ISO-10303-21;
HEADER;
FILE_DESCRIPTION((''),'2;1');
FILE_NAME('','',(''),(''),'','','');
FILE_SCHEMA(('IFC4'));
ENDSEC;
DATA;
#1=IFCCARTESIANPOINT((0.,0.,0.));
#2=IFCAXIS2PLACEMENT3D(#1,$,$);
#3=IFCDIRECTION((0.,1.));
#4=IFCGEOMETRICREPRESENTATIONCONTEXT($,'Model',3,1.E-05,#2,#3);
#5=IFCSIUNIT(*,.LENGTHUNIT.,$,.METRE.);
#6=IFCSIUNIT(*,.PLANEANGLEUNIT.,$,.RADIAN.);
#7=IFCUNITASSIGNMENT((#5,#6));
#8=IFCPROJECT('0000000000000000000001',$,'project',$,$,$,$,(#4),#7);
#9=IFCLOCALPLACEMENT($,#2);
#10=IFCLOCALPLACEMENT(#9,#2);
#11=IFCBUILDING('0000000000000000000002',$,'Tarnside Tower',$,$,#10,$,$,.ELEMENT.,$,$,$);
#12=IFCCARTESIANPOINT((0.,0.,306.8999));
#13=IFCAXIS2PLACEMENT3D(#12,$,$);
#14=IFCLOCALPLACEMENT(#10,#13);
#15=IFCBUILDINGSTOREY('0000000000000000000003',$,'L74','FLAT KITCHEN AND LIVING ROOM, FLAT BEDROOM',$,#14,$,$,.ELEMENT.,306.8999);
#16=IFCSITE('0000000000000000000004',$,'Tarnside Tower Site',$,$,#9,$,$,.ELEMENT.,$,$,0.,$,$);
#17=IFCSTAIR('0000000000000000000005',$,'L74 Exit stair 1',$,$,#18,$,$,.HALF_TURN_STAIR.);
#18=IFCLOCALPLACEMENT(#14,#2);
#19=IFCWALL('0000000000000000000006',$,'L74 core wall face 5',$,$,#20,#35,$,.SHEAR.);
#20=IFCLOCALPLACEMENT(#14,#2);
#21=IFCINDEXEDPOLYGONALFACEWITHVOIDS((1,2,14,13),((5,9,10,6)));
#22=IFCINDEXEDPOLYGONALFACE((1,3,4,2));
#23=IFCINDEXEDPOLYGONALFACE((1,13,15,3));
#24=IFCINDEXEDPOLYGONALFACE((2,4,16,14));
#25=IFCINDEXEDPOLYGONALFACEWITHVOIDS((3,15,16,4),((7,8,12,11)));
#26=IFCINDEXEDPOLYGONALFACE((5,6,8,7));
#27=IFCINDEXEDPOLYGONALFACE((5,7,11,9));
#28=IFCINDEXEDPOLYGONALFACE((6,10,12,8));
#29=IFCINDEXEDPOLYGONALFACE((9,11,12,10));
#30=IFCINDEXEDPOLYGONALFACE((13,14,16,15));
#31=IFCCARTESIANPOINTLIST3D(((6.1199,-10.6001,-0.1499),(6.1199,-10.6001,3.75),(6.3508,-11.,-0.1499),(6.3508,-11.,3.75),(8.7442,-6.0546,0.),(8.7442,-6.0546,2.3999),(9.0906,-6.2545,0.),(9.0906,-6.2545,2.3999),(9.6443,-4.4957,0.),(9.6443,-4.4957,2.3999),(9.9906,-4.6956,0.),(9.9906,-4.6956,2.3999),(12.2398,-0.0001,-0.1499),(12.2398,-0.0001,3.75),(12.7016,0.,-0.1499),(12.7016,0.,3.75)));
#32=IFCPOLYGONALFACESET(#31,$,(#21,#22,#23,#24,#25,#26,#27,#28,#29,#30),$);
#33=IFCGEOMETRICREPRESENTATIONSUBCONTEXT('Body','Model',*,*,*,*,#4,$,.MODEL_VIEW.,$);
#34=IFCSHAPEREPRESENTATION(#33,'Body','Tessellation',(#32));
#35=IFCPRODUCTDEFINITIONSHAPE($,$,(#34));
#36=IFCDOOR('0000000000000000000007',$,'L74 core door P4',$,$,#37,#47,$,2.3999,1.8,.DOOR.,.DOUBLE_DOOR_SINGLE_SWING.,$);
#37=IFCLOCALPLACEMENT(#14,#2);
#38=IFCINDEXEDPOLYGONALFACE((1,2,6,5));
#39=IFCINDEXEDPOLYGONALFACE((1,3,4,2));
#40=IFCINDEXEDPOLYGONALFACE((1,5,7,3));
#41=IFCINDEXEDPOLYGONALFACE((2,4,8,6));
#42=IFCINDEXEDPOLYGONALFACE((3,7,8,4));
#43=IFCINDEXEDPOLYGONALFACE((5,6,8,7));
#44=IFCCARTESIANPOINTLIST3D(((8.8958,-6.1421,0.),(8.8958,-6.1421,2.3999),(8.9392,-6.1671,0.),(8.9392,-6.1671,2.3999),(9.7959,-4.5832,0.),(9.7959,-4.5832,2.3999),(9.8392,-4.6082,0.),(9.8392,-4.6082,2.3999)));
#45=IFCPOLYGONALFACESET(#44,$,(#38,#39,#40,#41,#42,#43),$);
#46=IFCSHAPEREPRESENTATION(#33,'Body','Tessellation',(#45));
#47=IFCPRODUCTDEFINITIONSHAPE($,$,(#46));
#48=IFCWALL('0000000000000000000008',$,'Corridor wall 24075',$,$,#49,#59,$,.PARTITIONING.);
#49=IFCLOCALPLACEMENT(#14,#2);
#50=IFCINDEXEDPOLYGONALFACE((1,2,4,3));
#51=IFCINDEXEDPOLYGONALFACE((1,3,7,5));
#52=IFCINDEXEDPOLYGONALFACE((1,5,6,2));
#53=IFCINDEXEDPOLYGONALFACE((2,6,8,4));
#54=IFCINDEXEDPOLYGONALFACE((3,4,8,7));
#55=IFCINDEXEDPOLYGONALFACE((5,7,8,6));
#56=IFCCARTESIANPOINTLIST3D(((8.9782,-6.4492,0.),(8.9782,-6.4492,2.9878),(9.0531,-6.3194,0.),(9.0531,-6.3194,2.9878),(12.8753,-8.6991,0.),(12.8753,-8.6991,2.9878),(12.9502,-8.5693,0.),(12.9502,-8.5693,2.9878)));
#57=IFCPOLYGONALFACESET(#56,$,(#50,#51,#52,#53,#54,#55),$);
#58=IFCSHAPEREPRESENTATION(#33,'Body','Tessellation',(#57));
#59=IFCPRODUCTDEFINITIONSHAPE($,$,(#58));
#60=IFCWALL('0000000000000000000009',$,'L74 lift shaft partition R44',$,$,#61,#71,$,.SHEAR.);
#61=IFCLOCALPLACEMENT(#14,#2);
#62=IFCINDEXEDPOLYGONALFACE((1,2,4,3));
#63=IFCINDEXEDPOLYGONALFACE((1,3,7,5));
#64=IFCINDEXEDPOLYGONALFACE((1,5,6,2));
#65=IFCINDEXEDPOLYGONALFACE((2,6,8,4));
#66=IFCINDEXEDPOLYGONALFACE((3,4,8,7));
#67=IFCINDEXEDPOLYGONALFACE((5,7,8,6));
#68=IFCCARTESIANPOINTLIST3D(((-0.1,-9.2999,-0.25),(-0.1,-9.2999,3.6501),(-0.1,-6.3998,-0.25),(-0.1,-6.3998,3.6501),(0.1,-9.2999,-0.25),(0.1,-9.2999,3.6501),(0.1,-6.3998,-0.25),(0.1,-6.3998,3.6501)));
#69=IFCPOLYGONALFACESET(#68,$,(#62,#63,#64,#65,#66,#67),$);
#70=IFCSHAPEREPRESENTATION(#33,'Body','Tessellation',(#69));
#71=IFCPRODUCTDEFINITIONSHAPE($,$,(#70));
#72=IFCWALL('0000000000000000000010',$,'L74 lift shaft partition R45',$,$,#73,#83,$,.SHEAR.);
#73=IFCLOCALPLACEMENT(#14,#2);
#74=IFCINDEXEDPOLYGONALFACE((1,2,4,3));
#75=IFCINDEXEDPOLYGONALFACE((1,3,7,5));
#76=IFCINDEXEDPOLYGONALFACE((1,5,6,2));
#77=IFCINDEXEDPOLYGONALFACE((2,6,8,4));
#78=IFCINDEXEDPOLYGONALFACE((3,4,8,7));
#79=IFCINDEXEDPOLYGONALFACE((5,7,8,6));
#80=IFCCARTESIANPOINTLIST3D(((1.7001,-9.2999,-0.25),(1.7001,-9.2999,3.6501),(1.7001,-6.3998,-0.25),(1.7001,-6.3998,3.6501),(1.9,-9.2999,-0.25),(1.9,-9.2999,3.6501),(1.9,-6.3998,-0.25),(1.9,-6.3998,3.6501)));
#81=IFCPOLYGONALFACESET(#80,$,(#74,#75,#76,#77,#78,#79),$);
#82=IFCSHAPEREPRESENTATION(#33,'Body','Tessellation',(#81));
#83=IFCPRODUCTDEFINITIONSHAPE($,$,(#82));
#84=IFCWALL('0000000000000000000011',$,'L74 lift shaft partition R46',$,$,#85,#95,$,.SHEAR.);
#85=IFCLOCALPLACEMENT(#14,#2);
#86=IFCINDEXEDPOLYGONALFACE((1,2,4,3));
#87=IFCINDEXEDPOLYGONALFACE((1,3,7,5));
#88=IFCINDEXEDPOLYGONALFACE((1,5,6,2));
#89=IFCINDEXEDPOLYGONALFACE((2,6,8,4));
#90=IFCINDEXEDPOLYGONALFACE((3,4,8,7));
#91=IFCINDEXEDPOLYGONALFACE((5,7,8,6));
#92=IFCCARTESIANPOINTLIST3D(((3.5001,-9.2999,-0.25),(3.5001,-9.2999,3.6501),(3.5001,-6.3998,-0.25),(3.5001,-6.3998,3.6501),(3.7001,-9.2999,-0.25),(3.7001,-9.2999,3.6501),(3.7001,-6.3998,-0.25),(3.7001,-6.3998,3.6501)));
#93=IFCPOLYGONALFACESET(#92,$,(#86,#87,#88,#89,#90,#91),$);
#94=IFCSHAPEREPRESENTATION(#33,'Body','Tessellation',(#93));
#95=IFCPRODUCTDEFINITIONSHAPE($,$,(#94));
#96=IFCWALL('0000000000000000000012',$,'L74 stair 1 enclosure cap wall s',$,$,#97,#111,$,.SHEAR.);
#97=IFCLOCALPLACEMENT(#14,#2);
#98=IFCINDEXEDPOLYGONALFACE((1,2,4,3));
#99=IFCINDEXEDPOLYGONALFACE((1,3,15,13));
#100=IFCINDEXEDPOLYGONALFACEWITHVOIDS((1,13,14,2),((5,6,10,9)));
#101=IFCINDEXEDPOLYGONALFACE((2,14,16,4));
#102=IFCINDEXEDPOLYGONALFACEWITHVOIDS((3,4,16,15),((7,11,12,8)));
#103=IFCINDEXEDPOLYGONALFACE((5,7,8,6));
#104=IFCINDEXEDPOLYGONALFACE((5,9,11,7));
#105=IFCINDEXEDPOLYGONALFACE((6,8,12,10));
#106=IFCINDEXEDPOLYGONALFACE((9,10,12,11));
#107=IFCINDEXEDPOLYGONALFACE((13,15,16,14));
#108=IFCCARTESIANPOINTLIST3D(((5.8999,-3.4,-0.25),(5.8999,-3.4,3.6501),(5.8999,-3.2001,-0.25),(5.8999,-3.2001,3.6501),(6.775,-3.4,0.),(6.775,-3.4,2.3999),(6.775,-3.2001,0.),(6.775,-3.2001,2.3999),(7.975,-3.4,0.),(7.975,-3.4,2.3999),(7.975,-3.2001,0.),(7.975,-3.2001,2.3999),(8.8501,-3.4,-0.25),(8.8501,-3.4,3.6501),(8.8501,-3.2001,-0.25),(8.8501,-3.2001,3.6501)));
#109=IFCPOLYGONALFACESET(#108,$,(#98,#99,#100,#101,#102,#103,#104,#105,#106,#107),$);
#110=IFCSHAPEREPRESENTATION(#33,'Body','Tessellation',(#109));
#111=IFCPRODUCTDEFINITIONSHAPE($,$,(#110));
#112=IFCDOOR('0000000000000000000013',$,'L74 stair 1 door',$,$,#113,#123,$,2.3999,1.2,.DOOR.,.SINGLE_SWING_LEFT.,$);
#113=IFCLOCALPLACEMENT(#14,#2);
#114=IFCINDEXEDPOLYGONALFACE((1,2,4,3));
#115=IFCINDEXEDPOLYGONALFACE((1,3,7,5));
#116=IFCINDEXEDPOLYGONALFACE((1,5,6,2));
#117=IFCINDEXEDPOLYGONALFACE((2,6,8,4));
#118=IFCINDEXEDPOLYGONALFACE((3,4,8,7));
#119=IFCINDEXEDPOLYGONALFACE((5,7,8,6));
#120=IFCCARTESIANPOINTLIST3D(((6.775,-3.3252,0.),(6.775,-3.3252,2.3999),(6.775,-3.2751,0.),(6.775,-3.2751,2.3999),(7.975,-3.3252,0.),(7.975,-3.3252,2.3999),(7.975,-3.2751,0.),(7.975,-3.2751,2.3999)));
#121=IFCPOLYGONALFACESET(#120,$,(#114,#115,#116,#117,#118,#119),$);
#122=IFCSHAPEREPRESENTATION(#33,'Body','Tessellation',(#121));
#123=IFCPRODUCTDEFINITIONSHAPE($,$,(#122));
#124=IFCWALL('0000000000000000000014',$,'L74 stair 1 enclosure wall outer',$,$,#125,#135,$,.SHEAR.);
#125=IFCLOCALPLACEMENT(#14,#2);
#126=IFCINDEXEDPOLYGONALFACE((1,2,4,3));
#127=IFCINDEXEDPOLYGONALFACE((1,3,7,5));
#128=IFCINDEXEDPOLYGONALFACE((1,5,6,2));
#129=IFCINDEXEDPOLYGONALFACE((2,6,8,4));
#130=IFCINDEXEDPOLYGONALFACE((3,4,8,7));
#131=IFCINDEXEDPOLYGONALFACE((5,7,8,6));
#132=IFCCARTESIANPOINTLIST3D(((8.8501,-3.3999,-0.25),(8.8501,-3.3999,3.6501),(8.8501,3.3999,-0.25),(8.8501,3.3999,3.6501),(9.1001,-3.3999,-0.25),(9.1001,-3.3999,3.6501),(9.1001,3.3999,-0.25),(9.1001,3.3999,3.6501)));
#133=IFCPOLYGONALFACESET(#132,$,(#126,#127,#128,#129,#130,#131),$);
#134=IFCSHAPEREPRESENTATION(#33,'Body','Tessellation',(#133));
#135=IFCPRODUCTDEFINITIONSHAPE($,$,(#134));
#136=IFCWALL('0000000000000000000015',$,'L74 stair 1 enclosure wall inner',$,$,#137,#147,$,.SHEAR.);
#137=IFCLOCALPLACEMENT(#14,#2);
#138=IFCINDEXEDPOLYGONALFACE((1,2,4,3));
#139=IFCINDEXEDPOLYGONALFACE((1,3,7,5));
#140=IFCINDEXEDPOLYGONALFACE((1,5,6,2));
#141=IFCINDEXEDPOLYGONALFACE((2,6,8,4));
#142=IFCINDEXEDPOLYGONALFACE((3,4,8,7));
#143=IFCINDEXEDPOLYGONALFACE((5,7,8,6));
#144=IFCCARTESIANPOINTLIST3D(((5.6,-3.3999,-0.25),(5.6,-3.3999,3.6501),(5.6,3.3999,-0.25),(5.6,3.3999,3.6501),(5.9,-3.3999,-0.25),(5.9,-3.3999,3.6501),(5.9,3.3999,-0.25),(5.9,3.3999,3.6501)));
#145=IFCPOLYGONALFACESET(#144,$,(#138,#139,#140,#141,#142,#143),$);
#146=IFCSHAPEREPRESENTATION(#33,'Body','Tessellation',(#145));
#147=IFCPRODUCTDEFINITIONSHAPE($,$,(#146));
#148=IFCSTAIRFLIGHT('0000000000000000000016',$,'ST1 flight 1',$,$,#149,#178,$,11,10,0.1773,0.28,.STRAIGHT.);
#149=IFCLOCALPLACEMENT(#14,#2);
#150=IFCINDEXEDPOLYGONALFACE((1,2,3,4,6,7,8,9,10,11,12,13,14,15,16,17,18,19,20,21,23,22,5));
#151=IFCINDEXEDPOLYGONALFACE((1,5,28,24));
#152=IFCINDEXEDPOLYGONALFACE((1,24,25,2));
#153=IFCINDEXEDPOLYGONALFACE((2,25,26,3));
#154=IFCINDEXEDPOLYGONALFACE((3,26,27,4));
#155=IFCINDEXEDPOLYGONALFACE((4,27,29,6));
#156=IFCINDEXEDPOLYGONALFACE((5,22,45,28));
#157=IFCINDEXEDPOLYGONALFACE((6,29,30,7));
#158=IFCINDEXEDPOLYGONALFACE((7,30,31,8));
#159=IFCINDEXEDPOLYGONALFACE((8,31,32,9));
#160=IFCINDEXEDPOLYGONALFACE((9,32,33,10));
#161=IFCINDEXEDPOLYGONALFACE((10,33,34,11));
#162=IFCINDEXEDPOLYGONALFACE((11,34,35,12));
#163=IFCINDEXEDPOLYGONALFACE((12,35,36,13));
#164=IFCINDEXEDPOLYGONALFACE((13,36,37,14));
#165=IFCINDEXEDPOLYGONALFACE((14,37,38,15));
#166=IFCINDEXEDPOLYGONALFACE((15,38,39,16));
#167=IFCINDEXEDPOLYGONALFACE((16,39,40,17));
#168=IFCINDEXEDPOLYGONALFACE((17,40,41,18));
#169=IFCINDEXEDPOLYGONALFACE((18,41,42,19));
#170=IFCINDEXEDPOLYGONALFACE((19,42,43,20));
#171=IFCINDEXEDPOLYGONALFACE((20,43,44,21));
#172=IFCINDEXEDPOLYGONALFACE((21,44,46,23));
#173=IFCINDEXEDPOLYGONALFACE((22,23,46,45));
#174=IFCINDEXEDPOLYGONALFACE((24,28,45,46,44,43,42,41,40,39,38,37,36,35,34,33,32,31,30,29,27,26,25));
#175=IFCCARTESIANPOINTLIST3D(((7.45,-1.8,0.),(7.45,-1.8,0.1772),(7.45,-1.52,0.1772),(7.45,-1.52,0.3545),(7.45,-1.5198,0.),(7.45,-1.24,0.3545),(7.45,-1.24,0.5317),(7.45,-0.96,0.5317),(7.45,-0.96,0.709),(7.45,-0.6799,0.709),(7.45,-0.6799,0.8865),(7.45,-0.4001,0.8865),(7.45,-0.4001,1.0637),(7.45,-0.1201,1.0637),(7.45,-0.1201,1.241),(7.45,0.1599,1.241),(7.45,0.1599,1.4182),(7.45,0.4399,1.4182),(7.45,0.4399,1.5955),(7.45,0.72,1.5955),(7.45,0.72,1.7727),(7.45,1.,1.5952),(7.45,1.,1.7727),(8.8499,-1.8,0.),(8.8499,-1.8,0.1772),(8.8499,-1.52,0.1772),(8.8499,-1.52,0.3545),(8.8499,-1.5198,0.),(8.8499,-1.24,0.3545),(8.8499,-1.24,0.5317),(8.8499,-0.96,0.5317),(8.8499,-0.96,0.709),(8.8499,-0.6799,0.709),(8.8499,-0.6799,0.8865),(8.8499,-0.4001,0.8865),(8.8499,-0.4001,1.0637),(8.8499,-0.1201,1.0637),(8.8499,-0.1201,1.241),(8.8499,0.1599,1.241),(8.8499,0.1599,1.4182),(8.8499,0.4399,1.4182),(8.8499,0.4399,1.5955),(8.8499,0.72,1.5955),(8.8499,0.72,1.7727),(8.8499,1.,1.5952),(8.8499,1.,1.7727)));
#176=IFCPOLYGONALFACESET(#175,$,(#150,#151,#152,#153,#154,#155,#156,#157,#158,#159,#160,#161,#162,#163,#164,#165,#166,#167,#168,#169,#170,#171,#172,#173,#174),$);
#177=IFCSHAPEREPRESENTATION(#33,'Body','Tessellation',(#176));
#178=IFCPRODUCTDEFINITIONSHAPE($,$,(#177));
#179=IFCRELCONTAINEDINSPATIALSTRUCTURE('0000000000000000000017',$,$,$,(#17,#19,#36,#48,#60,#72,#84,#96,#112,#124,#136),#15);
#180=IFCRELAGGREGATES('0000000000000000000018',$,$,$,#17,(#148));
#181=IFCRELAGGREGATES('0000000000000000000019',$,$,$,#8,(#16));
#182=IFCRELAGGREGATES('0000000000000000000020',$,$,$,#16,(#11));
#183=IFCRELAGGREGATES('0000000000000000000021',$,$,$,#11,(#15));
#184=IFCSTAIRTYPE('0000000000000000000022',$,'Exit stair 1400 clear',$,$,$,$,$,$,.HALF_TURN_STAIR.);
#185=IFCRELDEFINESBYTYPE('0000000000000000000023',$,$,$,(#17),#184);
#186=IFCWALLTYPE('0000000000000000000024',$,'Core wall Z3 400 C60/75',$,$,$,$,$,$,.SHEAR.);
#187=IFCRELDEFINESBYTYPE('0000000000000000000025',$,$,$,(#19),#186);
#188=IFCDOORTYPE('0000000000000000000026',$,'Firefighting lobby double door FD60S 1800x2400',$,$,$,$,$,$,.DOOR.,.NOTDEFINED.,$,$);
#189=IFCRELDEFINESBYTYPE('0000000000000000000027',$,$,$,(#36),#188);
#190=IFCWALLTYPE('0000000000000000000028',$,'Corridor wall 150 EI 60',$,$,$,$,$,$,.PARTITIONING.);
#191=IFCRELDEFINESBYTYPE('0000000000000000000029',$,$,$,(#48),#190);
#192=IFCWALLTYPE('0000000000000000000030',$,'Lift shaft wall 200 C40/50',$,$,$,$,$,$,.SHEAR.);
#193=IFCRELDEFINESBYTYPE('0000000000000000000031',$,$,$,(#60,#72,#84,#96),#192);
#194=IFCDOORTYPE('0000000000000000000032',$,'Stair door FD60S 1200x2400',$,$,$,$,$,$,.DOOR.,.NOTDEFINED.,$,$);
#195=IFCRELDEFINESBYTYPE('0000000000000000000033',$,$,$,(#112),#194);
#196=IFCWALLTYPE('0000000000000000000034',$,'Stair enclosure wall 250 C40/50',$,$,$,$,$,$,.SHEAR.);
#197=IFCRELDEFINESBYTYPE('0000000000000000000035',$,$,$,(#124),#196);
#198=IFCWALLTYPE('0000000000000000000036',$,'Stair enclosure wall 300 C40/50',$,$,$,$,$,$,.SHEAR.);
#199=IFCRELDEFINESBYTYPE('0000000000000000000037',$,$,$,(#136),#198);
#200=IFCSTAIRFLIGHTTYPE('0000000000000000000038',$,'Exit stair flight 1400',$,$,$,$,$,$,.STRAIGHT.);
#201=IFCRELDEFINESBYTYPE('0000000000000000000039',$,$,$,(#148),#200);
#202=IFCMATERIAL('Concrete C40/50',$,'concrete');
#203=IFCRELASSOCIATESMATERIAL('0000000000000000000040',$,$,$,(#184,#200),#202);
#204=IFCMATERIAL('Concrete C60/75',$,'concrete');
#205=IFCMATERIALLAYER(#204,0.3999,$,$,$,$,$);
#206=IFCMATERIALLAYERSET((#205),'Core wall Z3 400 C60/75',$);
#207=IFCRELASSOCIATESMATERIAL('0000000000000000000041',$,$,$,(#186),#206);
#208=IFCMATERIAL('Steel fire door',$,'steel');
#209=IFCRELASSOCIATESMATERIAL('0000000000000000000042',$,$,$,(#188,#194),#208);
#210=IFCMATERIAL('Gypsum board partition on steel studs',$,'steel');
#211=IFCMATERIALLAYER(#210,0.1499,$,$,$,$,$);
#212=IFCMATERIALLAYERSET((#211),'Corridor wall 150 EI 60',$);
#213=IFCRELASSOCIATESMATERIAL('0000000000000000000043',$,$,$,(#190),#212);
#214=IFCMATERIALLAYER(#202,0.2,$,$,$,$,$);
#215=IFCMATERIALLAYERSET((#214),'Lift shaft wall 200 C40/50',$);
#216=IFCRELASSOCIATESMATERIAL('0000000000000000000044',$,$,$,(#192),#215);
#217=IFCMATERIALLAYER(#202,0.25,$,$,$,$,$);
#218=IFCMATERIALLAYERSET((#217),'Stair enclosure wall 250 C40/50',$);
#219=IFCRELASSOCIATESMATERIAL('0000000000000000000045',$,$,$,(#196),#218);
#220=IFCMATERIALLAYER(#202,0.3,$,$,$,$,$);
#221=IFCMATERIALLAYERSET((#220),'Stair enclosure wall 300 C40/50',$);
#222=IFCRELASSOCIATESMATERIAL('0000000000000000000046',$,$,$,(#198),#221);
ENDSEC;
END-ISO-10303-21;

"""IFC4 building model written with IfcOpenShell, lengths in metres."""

from ifc_helpers import new_model, si_unit, direction, frame, frame_2d, origin, place, context, subcontext, project, spatial, polyline, rectangle, outline, extrude, material, layer, layer_set, type_object, element, fill, aggregate, save


model = new_model("IFC4")

# Units and contexts
model_context = context("Model", 3, precision=1e-05, world=origin(), true_north=direction((0.0, 1.0)))
body_context = subcontext(model_context, "Body", "Model", "MODEL_VIEW")
ifc_project = project(units=[si_unit("LENGTHUNIT", "METRE"), si_unit("PLANEANGLEUNIT", "RADIAN")], contexts=[model_context])

# Site, building, storey
site_placement = place(None, origin())
site = spatial("IfcSite", under=ifc_project, at=site_placement, Name="Tarnside Tower Site", CompositionType="ELEMENT", RefElevation=0.0)
building_placement = place(site_placement, origin())
building = spatial("IfcBuilding", under=site, at=building_placement, Name="Tarnside Tower", CompositionType="ELEMENT")
storey_placement = place(building_placement, frame((0.0, 0.0, 306.8999)))
storey = spatial("IfcBuildingStorey", under=building, at=storey_placement, Name="L74", Description="FLAT KITCHEN AND LIVING ROOM, FLAT BEDROOM", CompositionType="ELEMENT", Elevation=306.8999)

# Shared definitions
ifc_material_1 = material(Name="Concrete C40/50", Category="concrete")

# Stair
stair_type = type_object("IfcStairType", Name="Exit stair 1400 clear", PredefinedType="HALF_TURN_STAIR", material=ifc_material_1)
stair_1_placement = place(storey_placement, origin())
stair_1 = element("IfcStair", 1, at=stair_1_placement, inside=storey, type_object=stair_type, Name="L74 Exit stair 1", PredefinedType="HALF_TURN_STAIR")

# Shared definitions
ifc_material_2 = material(Name="Steel fire door", Category="steel")

# Wall, opening, door
ifc_material_3 = material(Name="Concrete C60/75", Category="concrete")
ifc_layer_1 = layer(ifc_material_3, 0.3999)
ifc_layer_set_1 = layer_set([ifc_layer_1], Name="Core wall Z3 400 C60/75")
wall_type_1 = type_object("IfcWallType", Name="Core wall Z3 400 C60/75", PredefinedType="SHEAR", material=ifc_layer_set_1)
wall_1_placement = place(storey_placement, frame((6.2354, -10.8, -0.1499), z_axis=(0.0, 0.0, 1.0), x_axis=(0.499996, 0.866027, 0.0)))
wall_1 = element("IfcWall", 2, at=wall_1_placement, inside=storey, type_object=wall_type_1, Name="L74 core wall face 5", PredefinedType="SHEAR", context=body_context, shape_type="SweptSolid", body=[
    extrude(outline(polyline([(-0.1155, -0.2), (12.5862, -0.2), (12.3552, 0.2), (0.1155, 0.2), (-0.1155, -0.2)])), origin(), (0.0, 0.0, 1.0), 3.8999),
])
opening_1_placement = place(wall_1_placement, frame((5.3643, 0.0, 0.1499)))
opening_1 = element("IfcOpeningElement", 3, at=opening_1_placement, cuts=wall_1, PredefinedType="OPENING", context=body_context, shape_type="SweptSolid", body=[
    extrude(rectangle(XDim=1.8, YDim=2.3999, at=frame_2d((0.8999, 1.2))), frame((0.0, 0.21, 0.0), z_axis=(0.0, -1.0, 0.0), x_axis=(1.0, 0.0, 0.0)), (0.0, 0.0, 1.0), 0.4199),
])
door_type_1 = type_object("IfcDoorType", Name="Firefighting lobby double door FD60S 1800x2400", OperationType="NOTDEFINED", PredefinedType="DOOR", material=ifc_material_2)
door_1_placement = place(opening_1_placement, origin())
door_1 = element("IfcDoor", 4, at=door_1_placement, inside=storey, type_object=door_type_1, Name="L74 core door P4", OperationType="DOUBLE_DOOR_SINGLE_SWING", OverallHeight=2.3999, OverallWidth=1.8, PredefinedType="DOOR", context=body_context, shape_type="SweptSolid", body=[
    extrude(rectangle(XDim=1.8, YDim=2.3999, at=frame_2d((0.8999, 1.2))), frame((0.0, 0.0249, 0.0), z_axis=(0.0, -1.0, 0.0), x_axis=(1.0, 0.0, 0.0)), (0.0, 0.0, 1.0), 0.05),
])
fill(opening_1, door_1)

# Walls
ifc_material_4 = material(Name="Gypsum board partition on steel studs", Category="steel")
ifc_layer_2 = layer(ifc_material_4, 0.1499)
ifc_layer_set_2 = layer_set([ifc_layer_2], Name="Corridor wall 150 EI 60")
wall_type_2 = type_object("IfcWallType", Name="Corridor wall 150 EI 60", PredefinedType="PARTITIONING", material=ifc_layer_set_2)
wall_2_placement = place(storey_placement, frame((9.0156, -6.3843, 0.0), z_axis=(0.0, 0.0, 1.0), x_axis=(0.866031, -0.49999, 0.0)))
element("IfcWall", 5, at=wall_2_placement, inside=storey, type_object=wall_type_2, Name="Corridor wall 24075", PredefinedType="PARTITIONING", context=body_context, shape_type="SweptSolid", body=[
    extrude(rectangle(XDim=4.5, YDim=0.1499, at=frame_2d((2.25, 0.0))), origin(), (0.0, 0.0, 1.0), 2.9878),
])
ifc_layer_3 = layer(ifc_material_1, 0.2)
ifc_layer_set_3 = layer_set([ifc_layer_3], Name="Lift shaft wall 200 C40/50")
wall_type_3 = type_object("IfcWallType", Name="Lift shaft wall 200 C40/50", PredefinedType="SHEAR", material=ifc_layer_set_3)
for number, where, z_axis, x_axis, name in (
    (6, (0.0, -9.3, -0.25), (0.0, 0.0, 1.0), (0.0, 1.0, 0.0), "L74 lift shaft partition R44"),
    (7, (1.8, -9.3, -0.25), (0.0, 0.0, 1.0), (0.0, 1.0, 0.0), "L74 lift shaft partition R45"),
    (8, (3.6001, -9.3, -0.25), (0.0, 0.0, 1.0), (0.0, 1.0, 0.0), "L74 lift shaft partition R46"),
):
    element("IfcWall", number, at=place(storey_placement, frame(where, z_axis=z_axis, x_axis=x_axis)), inside=storey, type_object=wall_type_3, Name=name, PredefinedType="SHEAR", context=body_context, shape_type="SweptSolid", body=[
        extrude(rectangle(XDim=2.9001, YDim=0.2, at=frame_2d((1.4502, 0.0))), origin(), (0.0, 0.0, 1.0), 3.9001),
    ])

# Wall, opening, door
wall_3_placement = place(storey_placement, frame((5.8999, -3.3, -0.25), z_axis=(0.0, 0.0, 1.0), x_axis=(1.0, 0.0, 0.0)))
wall_3 = element("IfcWall", 9, at=wall_3_placement, inside=storey, type_object=wall_type_3, Name="L74 stair 1 enclosure cap wall s", PredefinedType="SHEAR", context=body_context, shape_type="SweptSolid", body=[
    extrude(rectangle(XDim=2.9502, YDim=0.2, at=frame_2d((1.4751, 0.0))), origin(), (0.0, 0.0, 1.0), 3.9001),
])
opening_2_placement = place(wall_3_placement, frame((0.875, 0.0, 0.25)))
opening_2 = element("IfcOpeningElement", 10, at=opening_2_placement, cuts=wall_3, PredefinedType="OPENING", context=body_context, shape_type="SweptSolid", body=[
    extrude(rectangle(XDim=1.2, YDim=2.3999, at=frame_2d((0.6001, 1.2))), frame((0.0, 0.1099, 0.0), z_axis=(0.0, -1.0, 0.0), x_axis=(1.0, 0.0, 0.0)), (0.0, 0.0, 1.0), 0.22),
])
door_type_2 = type_object("IfcDoorType", Name="Stair door FD60S 1200x2400", OperationType="NOTDEFINED", PredefinedType="DOOR", material=ifc_material_2)
door_2_placement = place(opening_2_placement, origin())
door_2 = element("IfcDoor", 11, at=door_2_placement, inside=storey, type_object=door_type_2, Name="L74 stair 1 door", OperationType="SINGLE_SWING_LEFT", OverallHeight=2.3999, OverallWidth=1.2, PredefinedType="DOOR", context=body_context, shape_type="SweptSolid", body=[
    extrude(rectangle(XDim=1.2, YDim=2.3999, at=frame_2d((0.6001, 1.2))), frame((0.0, 0.0249, 0.0), z_axis=(0.0, -1.0, 0.0), x_axis=(1.0, 0.0, 0.0)), (0.0, 0.0, 1.0), 0.05),
])
fill(opening_2, door_2)

# Walls
ifc_layer_4 = layer(ifc_material_1, 0.25)
ifc_layer_set_4 = layer_set([ifc_layer_4], Name="Stair enclosure wall 250 C40/50")
wall_type_4 = type_object("IfcWallType", Name="Stair enclosure wall 250 C40/50", PredefinedType="SHEAR", material=ifc_layer_set_4)
wall_4_placement = place(storey_placement, frame((8.9751, -3.3999, -0.25), z_axis=(0.0, 0.0, 1.0), x_axis=(0.0, 1.0, 0.0)))
element("IfcWall", 12, at=wall_4_placement, inside=storey, type_object=wall_type_4, Name="L74 stair 1 enclosure wall outer", PredefinedType="SHEAR", context=body_context, shape_type="SweptSolid", body=[
    extrude(rectangle(XDim=6.7998, YDim=0.25, at=frame_2d((3.3999, 0.0))), origin(), (0.0, 0.0, 1.0), 3.9001),
])
ifc_layer_5 = layer(ifc_material_1, 0.3)
ifc_layer_set_5 = layer_set([ifc_layer_5], Name="Stair enclosure wall 300 C40/50")
wall_type_5 = type_object("IfcWallType", Name="Stair enclosure wall 300 C40/50", PredefinedType="SHEAR", material=ifc_layer_set_5)
wall_5_placement = place(storey_placement, frame((5.75, -3.3999, -0.25), z_axis=(0.0, 0.0, 1.0), x_axis=(0.0, 1.0, 0.0)))
element("IfcWall", 13, at=wall_5_placement, inside=storey, type_object=wall_type_5, Name="L74 stair 1 enclosure wall inner", PredefinedType="SHEAR", context=body_context, shape_type="SweptSolid", body=[
    extrude(rectangle(XDim=6.7998, YDim=0.3, at=frame_2d((3.3999, 0.0))), origin(), (0.0, 0.0, 1.0), 3.9001),
])

# Stair flight
stair_flight_type = type_object("IfcStairFlightType", Name="Exit stair flight 1400", PredefinedType="STRAIGHT", material=ifc_material_1)
stair_flight_placement = place(storey_placement, frame((8.1499, -1.8, 0.0), z_axis=(0.0, 0.0, 1.0), x_axis=(0.0, 1.0, 0.0)))
stair_flight = element("IfcStairFlight", 14, at=stair_flight_placement, type_object=stair_flight_type, Name="ST1 flight 1", NumberOfRisers=11, NumberOfTreads=10, PredefinedType="STRAIGHT", RiserHeight=0.1773, TreadLength=0.28, context=body_context, shape_type="SweptSolid", body=[
    extrude(outline(polyline([(0.0, 0.0), (0.0, 0.1772), (0.28, 0.1772), (0.28, 0.3545), (0.5601, 0.3545), (0.5601, 0.5317), (0.8401, 0.5317), (0.8401, 0.709), (1.1201, 0.709), (1.1201, 0.8865), (1.3999, 0.8865), (1.3999, 1.0637), (1.6799, 1.0637), (1.6799, 1.241), (1.96, 1.241), (1.96, 1.4182), (2.24, 1.4182), (2.24, 1.5955), (2.52, 1.5955), (2.52, 1.7727), (2.8, 1.7727), (2.8, 1.95), (2.8, 1.5952), (0.2803, 0.0), (0.0, 0.0)])), frame((0.0, 0.7, 0.0), z_axis=(0.0, -1.0, 0.0), x_axis=(1.0, 0.0, 0.0)), (0.0, 0.0, 1.0), 1.3999),
])
aggregate(stair_1, [stair_flight])

save(model, "model.ifc")
